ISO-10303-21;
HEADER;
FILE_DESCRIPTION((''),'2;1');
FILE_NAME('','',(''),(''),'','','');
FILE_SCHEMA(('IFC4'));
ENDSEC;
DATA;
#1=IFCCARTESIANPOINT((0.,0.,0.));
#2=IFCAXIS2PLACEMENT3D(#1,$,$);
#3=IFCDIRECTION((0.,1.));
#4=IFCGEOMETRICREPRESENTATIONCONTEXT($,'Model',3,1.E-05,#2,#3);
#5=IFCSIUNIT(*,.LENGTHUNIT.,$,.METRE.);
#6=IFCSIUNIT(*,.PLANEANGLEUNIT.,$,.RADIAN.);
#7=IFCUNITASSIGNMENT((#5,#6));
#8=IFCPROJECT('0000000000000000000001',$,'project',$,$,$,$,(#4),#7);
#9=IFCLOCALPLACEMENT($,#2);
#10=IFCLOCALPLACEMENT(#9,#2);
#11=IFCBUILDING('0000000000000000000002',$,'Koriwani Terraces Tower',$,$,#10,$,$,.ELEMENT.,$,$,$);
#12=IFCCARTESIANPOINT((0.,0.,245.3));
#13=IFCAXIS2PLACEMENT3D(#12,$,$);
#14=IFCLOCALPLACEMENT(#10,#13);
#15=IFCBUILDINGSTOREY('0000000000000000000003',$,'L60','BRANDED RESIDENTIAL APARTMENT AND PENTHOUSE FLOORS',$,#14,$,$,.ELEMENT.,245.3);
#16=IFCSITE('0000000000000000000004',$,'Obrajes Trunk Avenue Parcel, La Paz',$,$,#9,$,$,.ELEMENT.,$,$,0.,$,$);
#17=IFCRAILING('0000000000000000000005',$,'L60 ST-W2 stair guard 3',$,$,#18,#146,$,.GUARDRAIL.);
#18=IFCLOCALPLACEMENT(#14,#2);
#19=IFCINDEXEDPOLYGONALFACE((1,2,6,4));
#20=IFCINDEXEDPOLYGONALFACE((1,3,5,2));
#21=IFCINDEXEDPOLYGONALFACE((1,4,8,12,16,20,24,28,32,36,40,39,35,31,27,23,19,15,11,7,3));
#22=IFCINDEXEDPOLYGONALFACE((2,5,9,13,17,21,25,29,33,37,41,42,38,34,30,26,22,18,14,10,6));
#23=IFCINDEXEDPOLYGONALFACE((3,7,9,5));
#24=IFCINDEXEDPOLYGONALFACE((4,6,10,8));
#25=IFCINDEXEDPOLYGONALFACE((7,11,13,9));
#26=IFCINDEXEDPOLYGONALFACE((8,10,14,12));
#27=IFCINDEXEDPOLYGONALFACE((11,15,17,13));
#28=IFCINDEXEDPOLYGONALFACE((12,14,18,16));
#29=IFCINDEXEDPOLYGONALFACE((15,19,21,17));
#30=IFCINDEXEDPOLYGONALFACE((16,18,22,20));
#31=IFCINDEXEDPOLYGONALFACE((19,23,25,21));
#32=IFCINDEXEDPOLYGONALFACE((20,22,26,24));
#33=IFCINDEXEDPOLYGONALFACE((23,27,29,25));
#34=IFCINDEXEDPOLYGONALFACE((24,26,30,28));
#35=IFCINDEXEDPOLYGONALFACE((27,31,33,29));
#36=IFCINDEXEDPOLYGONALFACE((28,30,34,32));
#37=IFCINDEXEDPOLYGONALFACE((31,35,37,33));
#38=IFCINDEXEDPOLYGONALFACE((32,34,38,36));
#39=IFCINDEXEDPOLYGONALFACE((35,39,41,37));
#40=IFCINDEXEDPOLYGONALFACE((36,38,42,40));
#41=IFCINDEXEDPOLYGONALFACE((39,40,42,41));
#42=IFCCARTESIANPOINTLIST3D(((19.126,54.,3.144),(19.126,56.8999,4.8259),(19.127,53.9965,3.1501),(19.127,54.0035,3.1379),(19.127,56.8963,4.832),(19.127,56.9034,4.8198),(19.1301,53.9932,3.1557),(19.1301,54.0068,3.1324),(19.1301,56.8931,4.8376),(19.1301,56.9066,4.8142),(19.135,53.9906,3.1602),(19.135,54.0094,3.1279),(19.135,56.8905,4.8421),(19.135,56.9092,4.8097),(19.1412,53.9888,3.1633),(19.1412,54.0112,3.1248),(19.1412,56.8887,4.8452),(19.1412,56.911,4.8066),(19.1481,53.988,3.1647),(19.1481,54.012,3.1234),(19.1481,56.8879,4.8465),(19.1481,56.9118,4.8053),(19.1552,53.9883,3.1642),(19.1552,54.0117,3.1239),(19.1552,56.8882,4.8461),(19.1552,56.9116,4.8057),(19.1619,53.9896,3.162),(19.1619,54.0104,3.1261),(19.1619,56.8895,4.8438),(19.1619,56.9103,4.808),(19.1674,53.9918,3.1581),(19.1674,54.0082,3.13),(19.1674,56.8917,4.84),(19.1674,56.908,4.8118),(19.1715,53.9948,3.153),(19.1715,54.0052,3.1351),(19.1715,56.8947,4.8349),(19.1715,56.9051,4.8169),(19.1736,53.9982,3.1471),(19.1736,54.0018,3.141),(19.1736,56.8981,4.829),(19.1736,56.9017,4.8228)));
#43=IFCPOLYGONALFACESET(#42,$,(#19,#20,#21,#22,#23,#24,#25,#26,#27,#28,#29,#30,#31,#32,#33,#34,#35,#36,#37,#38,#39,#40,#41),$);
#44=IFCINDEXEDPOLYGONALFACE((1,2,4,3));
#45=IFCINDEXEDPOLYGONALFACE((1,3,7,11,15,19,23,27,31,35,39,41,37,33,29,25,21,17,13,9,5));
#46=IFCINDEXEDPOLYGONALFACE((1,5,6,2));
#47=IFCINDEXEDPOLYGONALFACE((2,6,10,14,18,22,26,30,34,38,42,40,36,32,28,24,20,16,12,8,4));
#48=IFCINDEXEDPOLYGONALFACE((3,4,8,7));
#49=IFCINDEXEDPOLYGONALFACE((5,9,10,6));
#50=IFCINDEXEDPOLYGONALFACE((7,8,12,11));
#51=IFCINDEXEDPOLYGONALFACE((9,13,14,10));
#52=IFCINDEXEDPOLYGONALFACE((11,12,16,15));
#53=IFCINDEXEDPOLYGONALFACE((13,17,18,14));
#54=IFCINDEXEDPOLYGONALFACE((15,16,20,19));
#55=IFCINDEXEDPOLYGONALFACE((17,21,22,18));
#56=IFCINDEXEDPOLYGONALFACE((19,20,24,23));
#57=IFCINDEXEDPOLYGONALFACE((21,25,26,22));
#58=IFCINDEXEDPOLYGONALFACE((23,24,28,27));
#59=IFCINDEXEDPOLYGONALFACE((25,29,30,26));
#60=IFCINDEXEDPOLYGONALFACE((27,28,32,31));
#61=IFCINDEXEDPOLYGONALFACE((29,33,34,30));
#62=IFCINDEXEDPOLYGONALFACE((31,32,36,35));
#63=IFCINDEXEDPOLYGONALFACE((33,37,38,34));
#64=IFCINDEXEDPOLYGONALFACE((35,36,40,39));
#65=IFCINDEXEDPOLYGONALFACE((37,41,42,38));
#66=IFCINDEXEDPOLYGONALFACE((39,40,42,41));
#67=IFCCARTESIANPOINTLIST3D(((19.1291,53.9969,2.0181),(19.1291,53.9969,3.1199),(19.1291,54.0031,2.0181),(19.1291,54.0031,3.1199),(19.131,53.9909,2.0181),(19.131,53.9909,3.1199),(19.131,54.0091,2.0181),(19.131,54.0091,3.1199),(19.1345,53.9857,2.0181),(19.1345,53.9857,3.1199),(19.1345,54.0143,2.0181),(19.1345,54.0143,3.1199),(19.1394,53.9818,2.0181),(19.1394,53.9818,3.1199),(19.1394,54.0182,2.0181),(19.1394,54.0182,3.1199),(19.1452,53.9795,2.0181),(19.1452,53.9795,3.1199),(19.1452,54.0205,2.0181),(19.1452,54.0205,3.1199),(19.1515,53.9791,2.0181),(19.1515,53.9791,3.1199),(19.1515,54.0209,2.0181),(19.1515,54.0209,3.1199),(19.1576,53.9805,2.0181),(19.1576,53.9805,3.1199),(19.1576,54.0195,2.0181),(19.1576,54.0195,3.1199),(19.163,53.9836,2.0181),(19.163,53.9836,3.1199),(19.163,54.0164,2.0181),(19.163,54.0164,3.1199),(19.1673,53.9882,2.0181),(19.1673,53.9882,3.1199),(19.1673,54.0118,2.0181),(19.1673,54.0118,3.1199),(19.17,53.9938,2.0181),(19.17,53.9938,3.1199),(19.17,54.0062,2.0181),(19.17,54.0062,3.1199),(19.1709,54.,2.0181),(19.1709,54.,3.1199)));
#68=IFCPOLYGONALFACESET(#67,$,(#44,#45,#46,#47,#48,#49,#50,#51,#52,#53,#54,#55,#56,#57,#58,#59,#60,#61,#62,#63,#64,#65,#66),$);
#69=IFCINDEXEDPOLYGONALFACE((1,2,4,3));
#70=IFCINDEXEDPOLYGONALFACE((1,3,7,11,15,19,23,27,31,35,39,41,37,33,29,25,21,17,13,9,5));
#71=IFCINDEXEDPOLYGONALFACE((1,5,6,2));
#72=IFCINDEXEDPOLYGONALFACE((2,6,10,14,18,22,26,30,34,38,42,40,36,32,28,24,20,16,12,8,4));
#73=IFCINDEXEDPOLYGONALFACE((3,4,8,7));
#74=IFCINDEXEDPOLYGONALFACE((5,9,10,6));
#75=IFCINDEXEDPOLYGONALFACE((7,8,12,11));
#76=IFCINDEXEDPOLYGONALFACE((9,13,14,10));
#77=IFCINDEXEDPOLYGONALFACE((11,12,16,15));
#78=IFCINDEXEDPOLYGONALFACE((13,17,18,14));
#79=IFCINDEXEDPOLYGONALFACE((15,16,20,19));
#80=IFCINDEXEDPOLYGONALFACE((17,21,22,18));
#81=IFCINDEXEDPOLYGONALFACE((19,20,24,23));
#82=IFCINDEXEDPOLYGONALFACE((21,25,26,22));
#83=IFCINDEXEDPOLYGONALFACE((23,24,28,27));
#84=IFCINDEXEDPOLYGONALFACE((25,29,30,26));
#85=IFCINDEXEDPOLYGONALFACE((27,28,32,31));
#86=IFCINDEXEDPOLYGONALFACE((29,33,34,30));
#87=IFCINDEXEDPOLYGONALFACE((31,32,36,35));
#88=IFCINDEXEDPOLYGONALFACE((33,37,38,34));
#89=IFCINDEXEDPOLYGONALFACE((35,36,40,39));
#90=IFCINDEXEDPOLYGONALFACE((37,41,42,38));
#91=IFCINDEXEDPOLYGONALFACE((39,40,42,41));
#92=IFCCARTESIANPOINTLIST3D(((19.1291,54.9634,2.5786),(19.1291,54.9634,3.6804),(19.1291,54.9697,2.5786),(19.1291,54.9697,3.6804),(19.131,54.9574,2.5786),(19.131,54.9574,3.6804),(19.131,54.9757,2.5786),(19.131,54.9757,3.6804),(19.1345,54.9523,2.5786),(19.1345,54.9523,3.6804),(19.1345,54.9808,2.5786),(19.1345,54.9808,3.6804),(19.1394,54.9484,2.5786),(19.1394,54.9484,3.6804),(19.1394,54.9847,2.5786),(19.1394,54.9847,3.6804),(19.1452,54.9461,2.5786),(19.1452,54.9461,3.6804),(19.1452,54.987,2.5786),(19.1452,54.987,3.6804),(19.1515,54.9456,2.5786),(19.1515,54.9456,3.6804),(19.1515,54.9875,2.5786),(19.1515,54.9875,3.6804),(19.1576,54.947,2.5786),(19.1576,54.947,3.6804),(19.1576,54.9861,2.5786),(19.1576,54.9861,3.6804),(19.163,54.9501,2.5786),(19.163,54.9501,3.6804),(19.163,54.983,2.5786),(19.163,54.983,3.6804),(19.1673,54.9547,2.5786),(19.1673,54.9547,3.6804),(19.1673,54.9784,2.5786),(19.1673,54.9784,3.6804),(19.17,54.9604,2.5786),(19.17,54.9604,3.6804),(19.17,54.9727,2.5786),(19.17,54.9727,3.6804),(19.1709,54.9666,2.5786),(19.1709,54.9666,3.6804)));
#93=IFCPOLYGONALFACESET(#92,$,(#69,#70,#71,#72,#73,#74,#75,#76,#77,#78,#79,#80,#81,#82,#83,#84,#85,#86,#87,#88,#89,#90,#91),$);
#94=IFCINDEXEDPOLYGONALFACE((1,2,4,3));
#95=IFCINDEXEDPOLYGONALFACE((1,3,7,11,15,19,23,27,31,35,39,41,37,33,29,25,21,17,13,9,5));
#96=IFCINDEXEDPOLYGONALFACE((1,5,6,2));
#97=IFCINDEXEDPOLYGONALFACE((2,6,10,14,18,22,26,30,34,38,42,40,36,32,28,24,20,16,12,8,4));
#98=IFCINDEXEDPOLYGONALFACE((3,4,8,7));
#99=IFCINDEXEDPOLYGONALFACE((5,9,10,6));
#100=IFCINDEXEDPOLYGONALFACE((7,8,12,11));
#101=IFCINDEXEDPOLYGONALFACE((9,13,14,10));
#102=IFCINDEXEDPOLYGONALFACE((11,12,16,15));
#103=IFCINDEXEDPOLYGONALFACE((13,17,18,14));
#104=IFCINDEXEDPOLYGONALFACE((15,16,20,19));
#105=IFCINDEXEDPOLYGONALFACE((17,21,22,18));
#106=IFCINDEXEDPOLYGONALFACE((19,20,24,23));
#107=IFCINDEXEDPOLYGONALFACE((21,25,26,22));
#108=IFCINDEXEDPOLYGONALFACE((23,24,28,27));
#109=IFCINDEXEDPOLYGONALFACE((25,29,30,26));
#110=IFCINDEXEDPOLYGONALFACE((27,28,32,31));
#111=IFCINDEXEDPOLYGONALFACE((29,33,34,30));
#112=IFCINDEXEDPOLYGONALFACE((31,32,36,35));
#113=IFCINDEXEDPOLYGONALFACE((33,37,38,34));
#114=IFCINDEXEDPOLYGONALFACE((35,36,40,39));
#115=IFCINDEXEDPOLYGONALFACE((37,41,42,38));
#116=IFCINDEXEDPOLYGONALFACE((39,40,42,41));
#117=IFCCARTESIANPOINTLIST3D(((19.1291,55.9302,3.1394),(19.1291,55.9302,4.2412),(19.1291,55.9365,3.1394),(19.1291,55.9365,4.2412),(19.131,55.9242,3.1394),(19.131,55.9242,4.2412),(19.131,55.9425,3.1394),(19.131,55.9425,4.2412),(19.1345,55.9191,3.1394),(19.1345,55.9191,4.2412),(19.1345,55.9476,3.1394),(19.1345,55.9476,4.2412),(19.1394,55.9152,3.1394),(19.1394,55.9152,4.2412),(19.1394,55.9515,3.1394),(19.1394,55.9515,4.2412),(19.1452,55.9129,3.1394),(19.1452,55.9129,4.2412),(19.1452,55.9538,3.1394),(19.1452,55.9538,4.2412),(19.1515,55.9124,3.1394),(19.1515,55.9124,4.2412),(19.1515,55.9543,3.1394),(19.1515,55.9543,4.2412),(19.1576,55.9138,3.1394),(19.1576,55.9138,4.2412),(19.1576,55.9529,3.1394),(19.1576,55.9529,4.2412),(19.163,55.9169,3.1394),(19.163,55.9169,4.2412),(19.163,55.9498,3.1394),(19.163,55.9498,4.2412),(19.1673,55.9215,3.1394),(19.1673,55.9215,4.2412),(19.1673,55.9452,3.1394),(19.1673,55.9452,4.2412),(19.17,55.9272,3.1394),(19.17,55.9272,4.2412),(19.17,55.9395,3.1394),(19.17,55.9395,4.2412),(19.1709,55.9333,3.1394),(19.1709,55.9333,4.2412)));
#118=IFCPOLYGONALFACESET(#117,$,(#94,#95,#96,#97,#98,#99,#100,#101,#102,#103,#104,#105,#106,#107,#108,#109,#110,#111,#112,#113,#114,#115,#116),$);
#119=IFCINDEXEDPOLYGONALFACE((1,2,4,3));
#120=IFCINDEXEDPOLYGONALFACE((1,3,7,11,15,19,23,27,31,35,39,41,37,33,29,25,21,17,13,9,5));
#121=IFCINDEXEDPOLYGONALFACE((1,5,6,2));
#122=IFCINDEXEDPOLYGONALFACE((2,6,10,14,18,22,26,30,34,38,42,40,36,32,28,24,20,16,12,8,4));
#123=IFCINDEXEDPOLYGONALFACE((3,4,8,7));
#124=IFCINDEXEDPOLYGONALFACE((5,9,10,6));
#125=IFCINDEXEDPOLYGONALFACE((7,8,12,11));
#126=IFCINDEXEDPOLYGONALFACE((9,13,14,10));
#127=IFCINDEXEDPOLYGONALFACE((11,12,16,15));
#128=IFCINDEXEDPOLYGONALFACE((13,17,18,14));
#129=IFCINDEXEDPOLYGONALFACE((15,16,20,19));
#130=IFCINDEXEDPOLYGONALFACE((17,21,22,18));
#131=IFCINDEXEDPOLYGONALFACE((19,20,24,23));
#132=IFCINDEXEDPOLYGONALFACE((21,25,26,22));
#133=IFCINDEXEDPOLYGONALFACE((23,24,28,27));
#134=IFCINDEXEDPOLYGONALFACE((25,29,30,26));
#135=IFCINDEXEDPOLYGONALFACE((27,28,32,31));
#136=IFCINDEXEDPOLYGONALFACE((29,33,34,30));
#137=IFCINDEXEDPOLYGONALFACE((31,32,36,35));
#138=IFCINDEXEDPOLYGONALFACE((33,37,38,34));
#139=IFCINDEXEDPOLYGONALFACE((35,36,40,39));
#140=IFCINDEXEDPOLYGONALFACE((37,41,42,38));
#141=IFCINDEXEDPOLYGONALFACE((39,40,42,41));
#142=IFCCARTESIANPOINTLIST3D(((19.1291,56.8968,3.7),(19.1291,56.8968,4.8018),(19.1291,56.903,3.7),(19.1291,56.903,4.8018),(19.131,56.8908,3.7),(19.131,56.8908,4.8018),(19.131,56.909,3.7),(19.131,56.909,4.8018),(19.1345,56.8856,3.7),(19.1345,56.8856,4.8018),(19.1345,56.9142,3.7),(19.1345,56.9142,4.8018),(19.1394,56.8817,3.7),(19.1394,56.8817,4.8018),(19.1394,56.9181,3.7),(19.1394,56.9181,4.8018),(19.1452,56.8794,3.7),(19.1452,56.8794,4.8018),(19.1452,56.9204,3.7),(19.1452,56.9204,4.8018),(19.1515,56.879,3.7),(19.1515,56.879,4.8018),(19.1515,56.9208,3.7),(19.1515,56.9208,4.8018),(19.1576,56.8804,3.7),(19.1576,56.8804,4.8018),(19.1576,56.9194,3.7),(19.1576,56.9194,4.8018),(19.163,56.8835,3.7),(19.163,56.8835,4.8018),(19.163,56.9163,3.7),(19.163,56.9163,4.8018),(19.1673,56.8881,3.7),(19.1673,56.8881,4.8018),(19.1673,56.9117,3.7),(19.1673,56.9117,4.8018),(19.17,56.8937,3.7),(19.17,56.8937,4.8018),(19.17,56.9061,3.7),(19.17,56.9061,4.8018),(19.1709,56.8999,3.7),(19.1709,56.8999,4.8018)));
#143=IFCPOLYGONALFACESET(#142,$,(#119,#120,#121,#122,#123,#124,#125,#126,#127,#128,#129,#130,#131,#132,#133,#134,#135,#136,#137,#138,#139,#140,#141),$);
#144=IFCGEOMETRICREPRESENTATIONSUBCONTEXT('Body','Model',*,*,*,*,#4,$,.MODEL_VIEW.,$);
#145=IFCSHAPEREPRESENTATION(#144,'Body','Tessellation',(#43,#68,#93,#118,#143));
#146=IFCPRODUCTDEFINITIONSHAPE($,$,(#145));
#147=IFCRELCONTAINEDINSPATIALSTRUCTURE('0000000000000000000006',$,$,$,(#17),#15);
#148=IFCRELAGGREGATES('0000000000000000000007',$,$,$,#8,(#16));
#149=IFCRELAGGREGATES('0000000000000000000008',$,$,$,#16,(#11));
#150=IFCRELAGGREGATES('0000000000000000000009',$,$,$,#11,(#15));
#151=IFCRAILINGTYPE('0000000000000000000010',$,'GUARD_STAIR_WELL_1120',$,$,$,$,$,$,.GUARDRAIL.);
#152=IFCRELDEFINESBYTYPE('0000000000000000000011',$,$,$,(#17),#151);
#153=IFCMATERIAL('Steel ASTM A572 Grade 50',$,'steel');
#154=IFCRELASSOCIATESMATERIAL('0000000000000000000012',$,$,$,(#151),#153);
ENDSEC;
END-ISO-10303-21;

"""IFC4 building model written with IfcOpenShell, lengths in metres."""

from ifc_helpers import new_model, si_unit, direction, frame, origin, origin_2d, place, context, subcontext, project, spatial, circle, extrude, material, type_object, element, save


model = new_model("IFC4")

# Units and contexts
model_context = context("Model", 3, precision=1e-05, world=origin(), true_north=direction((0.0, 1.0)))
body_context = subcontext(model_context, "Body", "Model", "MODEL_VIEW")
ifc_project = project(units=[si_unit("LENGTHUNIT", "METRE"), si_unit("PLANEANGLEUNIT", "RADIAN")], contexts=[model_context])

# Site, building, storey
site_placement = place(None, origin())
site = spatial("IfcSite", under=ifc_project, at=site_placement, Name="Obrajes Trunk Avenue Parcel, La Paz", CompositionType="ELEMENT", RefElevation=0.0)
building_placement = place(site_placement, origin())
building = spatial("IfcBuilding", under=site, at=building_placement, Name="Koriwani Terraces Tower", CompositionType="ELEMENT")
storey_placement = place(building_placement, frame((0.0, 0.0, 245.3)))
storey = spatial("IfcBuildingStorey", under=building, at=storey_placement, Name="L60", Description="BRANDED RESIDENTIAL APARTMENT AND PENTHOUSE FLOORS", CompositionType="ELEMENT", Elevation=245.3)

# Railing
ifc_material_1 = material(Name="Steel ASTM A572 Grade 50", Category="steel")
railing_type_1 = type_object("IfcRailingType", Name="GUARD_STAIR_WELL_1120", PredefinedType="GUARDRAIL", material=ifc_material_1)
railing_1_placement = place(storey_placement, frame((19.1499, 54.0, 2.0181)))
element("IfcRailing", 1, at=railing_1_placement, inside=storey, type_object=railing_type_1, Name="L60 ST-W2 stair guard 3", PredefinedType="GUARDRAIL", context=body_context, shape_type="SweptSolid", body=[
    extrude(circle(Radius=0.0239, at=origin_2d()), frame((0.0, 0.0, 1.126), z_axis=(0.0, 0.865039, 0.501705), x_axis=(-1.0, 0.0, 0.0)), (0.0, 0.0, 1.0), 3.3523),
    extrude(circle(Radius=0.021, at=origin_2d()), origin(), (0.0, 0.0, 1.0), 1.1018),
    extrude(circle(Radius=0.021, at=origin_2d()), frame((0.0, 0.9666, 0.5605)), (0.0, 0.0, 1.0), 1.1018),
    extrude(circle(Radius=0.021, at=origin_2d()), frame((0.0, 1.9333, 1.1213)), (0.0, 0.0, 1.0), 1.1018),
    extrude(circle(Radius=0.021, at=origin_2d()), frame((0.0, 2.8999, 1.6819)), (0.0, 0.0, 1.0), 1.1018),
])

save(model, "model.ifc")
